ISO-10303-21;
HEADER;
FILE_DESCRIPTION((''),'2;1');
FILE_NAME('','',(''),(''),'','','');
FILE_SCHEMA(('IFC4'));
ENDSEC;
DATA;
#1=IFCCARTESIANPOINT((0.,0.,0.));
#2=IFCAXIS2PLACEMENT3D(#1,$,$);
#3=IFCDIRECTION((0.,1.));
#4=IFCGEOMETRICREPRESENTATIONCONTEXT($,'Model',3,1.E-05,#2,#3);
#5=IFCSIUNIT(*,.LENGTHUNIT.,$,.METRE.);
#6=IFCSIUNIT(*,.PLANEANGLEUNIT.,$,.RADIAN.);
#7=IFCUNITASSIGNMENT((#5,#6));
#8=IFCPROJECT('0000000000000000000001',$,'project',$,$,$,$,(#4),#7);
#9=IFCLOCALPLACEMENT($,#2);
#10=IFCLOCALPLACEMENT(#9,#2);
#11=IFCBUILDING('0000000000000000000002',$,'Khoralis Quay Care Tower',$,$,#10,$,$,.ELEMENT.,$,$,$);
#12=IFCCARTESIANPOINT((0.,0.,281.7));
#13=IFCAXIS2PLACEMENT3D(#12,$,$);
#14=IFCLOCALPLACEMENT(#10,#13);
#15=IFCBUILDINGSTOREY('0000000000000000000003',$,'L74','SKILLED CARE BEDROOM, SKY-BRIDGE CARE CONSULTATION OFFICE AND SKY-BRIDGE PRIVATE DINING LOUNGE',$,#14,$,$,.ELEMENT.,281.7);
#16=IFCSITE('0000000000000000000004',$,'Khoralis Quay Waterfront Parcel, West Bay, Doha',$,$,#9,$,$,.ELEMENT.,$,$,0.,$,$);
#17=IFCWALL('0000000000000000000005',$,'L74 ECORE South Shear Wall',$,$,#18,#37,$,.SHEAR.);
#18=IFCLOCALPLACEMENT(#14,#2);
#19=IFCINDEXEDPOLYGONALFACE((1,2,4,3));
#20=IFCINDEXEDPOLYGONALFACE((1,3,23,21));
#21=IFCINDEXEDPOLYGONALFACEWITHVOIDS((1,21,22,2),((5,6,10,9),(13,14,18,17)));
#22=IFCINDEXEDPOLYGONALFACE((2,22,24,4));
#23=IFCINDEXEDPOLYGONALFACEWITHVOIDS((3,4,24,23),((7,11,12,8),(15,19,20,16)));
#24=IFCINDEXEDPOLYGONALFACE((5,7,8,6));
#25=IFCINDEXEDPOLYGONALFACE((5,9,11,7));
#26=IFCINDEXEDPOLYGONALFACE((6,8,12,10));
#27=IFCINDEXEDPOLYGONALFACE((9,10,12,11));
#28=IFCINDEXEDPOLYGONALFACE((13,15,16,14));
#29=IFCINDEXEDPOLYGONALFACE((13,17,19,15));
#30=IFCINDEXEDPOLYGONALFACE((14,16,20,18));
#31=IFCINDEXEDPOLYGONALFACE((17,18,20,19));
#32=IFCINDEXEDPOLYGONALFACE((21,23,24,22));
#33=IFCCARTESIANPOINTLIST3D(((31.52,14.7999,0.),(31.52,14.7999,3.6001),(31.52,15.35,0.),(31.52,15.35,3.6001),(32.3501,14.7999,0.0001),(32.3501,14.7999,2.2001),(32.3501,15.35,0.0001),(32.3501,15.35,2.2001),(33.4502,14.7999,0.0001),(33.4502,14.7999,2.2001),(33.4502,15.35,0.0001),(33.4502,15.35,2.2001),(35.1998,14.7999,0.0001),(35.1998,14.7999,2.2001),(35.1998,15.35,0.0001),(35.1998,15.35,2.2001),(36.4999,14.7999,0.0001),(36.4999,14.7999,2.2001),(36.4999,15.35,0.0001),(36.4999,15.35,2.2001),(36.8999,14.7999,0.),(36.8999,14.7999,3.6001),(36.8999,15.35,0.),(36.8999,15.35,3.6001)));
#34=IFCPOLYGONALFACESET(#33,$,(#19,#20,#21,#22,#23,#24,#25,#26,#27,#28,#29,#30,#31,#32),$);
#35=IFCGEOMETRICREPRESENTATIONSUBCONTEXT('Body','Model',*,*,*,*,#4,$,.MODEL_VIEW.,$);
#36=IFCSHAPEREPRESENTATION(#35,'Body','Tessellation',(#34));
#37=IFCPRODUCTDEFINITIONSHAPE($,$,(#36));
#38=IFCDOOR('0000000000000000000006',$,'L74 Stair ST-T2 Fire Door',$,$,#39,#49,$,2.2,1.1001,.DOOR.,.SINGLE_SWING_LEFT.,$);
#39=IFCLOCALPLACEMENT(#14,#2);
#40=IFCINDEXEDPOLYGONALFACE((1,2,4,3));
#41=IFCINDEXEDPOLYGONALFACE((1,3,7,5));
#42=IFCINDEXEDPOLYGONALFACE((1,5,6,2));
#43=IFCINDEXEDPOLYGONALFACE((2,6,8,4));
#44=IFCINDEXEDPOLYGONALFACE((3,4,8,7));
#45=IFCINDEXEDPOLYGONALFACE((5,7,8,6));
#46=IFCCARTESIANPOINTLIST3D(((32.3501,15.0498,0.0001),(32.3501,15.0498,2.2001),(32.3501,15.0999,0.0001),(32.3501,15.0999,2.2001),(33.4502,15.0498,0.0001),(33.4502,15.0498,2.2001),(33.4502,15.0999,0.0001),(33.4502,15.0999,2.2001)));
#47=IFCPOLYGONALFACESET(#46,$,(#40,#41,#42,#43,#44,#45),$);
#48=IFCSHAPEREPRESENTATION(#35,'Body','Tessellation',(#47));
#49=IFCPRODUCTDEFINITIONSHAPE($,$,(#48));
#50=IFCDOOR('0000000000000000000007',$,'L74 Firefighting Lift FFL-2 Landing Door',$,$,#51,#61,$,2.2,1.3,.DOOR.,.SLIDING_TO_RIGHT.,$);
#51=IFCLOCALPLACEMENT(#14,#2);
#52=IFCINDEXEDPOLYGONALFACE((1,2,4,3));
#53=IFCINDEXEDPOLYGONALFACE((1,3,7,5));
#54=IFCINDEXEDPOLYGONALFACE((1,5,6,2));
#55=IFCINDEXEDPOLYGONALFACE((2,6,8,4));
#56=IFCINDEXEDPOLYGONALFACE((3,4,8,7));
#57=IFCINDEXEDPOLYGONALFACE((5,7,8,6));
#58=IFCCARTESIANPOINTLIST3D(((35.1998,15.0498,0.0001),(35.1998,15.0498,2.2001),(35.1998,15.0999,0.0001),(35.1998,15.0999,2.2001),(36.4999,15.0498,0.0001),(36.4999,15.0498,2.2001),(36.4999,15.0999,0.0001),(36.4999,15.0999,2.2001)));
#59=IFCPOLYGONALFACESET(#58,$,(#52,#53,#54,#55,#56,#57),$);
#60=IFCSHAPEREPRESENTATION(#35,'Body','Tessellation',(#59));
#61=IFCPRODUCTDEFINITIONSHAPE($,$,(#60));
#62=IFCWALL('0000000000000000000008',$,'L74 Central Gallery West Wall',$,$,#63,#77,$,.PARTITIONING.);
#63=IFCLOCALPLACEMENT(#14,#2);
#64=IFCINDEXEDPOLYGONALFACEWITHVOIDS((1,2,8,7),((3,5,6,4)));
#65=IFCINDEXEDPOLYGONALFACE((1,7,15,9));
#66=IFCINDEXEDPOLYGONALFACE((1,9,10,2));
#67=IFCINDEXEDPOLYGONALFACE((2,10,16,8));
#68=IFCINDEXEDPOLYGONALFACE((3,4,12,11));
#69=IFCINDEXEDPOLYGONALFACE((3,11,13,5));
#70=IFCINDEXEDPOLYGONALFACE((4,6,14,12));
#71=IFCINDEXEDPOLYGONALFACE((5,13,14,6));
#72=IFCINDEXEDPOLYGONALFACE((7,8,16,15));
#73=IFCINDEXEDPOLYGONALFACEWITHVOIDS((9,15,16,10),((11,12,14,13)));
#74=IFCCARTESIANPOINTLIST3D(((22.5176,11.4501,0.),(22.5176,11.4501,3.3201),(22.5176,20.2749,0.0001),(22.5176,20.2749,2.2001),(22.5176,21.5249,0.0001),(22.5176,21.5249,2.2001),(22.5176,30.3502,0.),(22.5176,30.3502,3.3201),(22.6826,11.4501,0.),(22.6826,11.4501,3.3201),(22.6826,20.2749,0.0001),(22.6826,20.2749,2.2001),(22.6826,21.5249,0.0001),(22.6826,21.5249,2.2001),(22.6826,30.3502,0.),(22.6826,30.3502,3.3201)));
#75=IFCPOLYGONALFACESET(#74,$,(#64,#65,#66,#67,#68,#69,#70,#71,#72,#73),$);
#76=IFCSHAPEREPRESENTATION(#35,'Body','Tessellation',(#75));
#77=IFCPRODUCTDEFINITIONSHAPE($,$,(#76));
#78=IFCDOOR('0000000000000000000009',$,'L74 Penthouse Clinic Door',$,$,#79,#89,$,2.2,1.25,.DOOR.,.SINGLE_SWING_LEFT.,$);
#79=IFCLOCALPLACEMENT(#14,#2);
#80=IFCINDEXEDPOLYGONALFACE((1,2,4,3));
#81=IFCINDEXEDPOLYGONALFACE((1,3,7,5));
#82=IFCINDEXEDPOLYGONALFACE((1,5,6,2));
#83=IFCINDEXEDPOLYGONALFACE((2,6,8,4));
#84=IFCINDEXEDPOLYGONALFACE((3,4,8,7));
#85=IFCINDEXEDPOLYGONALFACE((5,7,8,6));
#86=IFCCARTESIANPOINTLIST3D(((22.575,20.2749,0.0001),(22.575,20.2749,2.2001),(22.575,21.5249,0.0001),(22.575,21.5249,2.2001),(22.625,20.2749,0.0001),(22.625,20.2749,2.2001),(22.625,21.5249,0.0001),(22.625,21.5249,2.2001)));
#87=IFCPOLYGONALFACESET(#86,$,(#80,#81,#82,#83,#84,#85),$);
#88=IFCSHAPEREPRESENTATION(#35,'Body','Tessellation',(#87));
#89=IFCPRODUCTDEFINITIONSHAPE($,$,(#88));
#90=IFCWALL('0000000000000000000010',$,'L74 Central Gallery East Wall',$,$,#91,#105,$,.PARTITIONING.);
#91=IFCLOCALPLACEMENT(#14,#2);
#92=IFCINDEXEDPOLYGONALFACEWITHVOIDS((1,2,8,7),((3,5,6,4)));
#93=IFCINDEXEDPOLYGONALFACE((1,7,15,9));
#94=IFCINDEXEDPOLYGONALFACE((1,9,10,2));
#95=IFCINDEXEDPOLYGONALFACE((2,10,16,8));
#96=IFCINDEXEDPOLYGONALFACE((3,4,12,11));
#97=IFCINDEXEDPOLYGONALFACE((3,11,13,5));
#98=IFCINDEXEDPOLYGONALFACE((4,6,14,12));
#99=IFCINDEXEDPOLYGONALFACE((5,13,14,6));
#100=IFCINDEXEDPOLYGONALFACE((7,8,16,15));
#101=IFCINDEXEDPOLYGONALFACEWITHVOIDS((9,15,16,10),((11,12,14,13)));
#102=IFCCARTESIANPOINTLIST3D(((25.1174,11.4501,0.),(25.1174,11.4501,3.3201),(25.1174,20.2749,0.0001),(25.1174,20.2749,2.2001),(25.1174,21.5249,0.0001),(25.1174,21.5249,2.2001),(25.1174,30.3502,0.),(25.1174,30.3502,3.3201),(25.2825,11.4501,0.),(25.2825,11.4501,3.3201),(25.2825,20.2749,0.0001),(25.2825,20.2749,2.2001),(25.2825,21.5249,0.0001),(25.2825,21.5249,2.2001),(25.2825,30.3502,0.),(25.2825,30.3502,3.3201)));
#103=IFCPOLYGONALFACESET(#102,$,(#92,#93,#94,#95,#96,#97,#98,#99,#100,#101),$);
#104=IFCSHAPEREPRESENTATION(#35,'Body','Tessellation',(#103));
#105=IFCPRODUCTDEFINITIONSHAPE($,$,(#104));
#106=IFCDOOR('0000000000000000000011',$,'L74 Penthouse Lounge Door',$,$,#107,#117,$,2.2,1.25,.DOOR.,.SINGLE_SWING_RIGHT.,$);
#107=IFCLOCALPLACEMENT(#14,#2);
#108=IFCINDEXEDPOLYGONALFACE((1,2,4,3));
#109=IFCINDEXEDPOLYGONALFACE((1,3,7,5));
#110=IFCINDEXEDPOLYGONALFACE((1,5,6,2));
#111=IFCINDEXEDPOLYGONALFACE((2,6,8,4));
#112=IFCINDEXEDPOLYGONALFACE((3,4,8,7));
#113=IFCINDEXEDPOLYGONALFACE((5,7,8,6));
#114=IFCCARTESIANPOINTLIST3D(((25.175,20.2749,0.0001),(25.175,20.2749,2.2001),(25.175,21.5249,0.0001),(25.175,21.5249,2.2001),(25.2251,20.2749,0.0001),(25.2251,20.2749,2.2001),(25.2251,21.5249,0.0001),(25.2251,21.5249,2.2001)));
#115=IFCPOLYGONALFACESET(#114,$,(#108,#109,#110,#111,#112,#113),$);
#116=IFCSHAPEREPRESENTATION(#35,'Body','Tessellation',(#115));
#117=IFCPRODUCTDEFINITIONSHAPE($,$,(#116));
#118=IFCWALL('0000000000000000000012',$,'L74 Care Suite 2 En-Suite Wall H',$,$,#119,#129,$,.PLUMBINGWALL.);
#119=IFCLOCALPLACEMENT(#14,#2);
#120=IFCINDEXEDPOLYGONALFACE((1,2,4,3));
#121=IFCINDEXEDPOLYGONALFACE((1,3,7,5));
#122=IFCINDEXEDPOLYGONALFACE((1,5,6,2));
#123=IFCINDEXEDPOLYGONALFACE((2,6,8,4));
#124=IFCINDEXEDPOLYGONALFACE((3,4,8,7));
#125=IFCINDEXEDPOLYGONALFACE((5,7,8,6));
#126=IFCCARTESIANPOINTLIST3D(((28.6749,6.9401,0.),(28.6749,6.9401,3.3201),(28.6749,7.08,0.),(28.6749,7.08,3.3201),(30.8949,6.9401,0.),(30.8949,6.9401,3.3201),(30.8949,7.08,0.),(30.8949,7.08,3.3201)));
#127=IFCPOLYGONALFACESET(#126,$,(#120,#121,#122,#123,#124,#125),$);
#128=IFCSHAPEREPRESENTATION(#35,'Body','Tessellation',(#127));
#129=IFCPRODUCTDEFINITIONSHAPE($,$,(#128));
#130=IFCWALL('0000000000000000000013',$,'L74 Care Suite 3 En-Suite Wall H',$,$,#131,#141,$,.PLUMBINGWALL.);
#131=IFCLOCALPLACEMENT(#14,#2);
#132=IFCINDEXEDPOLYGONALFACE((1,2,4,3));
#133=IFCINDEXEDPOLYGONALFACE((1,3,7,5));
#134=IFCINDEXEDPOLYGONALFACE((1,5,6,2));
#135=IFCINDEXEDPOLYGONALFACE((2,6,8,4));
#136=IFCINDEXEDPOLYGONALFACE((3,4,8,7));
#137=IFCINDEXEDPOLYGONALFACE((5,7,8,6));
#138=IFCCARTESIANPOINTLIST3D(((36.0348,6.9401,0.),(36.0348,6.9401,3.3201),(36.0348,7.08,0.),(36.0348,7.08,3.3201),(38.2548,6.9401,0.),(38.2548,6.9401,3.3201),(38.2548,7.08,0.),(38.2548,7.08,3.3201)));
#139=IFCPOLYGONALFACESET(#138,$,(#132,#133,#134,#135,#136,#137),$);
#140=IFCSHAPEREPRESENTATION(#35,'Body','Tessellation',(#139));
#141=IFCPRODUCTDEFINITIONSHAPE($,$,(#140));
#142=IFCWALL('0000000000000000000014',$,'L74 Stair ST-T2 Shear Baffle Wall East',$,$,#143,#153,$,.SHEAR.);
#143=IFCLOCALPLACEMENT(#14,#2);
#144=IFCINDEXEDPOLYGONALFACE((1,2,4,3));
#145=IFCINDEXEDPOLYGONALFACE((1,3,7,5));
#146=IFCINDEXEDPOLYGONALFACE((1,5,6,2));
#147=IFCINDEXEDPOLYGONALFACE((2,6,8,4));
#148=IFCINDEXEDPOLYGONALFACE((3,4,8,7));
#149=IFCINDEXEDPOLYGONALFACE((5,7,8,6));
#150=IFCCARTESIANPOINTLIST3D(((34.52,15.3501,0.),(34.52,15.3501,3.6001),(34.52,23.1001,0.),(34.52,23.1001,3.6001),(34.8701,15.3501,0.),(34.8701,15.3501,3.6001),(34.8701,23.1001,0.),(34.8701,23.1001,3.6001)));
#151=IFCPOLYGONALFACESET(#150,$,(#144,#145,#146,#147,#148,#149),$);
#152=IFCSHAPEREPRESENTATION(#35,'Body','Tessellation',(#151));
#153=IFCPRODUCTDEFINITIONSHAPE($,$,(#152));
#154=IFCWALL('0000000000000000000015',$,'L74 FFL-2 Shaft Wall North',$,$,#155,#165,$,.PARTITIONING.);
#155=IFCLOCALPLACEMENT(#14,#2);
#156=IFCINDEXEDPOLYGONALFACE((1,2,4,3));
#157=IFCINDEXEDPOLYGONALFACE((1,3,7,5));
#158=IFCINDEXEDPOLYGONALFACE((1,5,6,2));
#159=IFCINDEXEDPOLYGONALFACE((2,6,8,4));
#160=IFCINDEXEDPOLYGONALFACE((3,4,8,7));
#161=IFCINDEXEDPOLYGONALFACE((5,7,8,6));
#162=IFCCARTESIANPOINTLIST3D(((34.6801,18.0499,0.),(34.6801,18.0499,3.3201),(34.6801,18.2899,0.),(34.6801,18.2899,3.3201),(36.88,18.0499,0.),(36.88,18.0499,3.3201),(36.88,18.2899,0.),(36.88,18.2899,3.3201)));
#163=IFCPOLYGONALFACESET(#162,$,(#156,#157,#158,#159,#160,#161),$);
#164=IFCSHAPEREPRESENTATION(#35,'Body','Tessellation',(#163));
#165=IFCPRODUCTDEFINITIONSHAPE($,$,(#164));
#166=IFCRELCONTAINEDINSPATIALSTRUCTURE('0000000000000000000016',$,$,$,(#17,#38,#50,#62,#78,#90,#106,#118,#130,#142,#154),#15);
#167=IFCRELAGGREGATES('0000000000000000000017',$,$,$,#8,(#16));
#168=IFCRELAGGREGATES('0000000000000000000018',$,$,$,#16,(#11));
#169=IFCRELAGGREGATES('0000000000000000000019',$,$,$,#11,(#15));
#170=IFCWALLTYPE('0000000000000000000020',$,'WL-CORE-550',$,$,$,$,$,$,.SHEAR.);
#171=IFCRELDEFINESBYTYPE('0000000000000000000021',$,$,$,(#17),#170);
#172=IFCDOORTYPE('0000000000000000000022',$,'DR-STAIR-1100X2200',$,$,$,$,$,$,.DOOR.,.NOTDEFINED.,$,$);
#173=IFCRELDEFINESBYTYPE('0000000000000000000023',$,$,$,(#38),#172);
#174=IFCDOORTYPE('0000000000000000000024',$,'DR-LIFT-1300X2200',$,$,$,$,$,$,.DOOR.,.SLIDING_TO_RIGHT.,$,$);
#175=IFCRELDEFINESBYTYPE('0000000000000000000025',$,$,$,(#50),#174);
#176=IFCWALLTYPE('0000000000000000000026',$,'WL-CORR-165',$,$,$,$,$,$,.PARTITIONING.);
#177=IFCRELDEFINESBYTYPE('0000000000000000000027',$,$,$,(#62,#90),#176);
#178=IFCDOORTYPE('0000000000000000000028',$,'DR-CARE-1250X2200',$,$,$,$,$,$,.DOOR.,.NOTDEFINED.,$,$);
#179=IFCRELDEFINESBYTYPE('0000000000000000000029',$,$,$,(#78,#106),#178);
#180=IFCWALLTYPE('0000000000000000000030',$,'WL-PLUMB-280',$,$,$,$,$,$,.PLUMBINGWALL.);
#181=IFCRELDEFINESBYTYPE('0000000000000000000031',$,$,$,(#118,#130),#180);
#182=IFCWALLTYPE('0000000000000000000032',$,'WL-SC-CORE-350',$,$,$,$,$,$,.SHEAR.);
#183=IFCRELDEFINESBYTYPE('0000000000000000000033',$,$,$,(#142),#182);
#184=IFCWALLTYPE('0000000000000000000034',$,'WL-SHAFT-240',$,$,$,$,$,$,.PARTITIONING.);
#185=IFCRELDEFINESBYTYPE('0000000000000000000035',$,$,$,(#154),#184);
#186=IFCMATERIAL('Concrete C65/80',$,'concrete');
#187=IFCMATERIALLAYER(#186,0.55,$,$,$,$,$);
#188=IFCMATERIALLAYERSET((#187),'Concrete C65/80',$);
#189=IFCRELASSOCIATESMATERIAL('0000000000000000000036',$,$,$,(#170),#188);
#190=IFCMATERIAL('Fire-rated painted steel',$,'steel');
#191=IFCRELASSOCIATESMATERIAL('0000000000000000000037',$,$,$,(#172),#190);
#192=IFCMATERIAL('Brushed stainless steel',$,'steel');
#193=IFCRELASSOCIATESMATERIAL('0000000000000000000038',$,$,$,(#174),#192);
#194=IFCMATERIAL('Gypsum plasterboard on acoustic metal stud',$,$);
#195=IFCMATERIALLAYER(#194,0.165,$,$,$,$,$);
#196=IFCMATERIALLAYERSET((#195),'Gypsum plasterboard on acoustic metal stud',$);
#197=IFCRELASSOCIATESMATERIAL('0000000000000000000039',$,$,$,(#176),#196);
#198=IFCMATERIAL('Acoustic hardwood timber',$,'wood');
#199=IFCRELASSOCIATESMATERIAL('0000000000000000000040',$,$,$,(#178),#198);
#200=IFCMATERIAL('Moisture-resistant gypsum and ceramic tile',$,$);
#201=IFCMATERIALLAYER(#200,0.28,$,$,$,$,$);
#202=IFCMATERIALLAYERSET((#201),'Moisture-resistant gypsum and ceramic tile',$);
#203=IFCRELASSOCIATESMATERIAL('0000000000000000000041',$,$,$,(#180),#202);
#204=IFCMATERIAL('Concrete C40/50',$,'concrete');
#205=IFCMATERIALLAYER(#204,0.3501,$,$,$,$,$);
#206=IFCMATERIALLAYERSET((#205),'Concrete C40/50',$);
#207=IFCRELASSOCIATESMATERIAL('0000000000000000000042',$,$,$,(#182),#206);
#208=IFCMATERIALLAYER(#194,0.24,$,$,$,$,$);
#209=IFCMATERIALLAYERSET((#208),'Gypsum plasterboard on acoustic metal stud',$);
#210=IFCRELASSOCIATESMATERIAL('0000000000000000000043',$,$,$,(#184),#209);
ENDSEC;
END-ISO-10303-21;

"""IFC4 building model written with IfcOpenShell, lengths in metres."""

from ifc_helpers import new_model, si_unit, direction, frame, frame_2d, origin, place, context, subcontext, project, spatial, rectangle, extrude, source, transform, mapped, material, layer, layer_set, type_object, element, fill, save


model = new_model("IFC4")

# Units and contexts
model_context = context("Model", 3, precision=1e-05, world=origin(), true_north=direction((0.0, 1.0)))
body_context = subcontext(model_context, "Body", "Model", "MODEL_VIEW")
ifc_project = project(units=[si_unit("LENGTHUNIT", "METRE"), si_unit("PLANEANGLEUNIT", "RADIAN")], contexts=[model_context])

# Site, building, storey
site_placement = place(None, origin())
site = spatial("IfcSite", under=ifc_project, at=site_placement, Name="Khoralis Quay Waterfront Parcel, West Bay, Doha", CompositionType="ELEMENT", RefElevation=0.0)
building_placement = place(site_placement, origin())
building = spatial("IfcBuilding", under=site, at=building_placement, Name="Khoralis Quay Care Tower", CompositionType="ELEMENT")
storey_placement = place(building_placement, frame((0.0, 0.0, 281.7)))
storey = spatial("IfcBuildingStorey", under=building, at=storey_placement, Name="L74", Description="SKILLED CARE BEDROOM, SKY-BRIDGE CARE CONSULTATION OFFICE AND SKY-BRIDGE PRIVATE DINING LOUNGE", CompositionType="ELEMENT", Elevation=281.7)

# Shared definitions
ifc_material_1 = material(Name="Gypsum plasterboard on acoustic metal stud")
ifc_material_2 = material(Name="Fire-rated painted steel", Category="steel")

# Shared definitions
ifc_material_3 = material(Name="Concrete C65/80", Category="concrete")
ifc_layer_1 = layer(ifc_material_3, 0.55)
ifc_layer_set_1 = layer_set([ifc_layer_1], Name="Concrete C65/80")
wall_type_1 = type_object("IfcWallType", Name="WL-CORE-550", PredefinedType="SHEAR", material=ifc_layer_set_1)

# Shared definitions
door_type_1 = type_object("IfcDoorType", Name="DR-STAIR-1100X2200", OperationType="NOTDEFINED", PredefinedType="DOOR", material=ifc_material_2)
shared_shape_1 = source(origin(), body_context, "Body", "SweptSolid", [
    extrude(rectangle(XDim=1.1001, YDim=2.2, at=frame_2d((0.55, 1.1001))), frame((0.0, 0.0249, 0.0), z_axis=(0.0, -1.0, 0.0), x_axis=(1.0, 0.0, 0.0)), (0.0, 0.0, 1.0), 0.05),
])

# Wall, openings, doors
wall_1_placement = place(storey_placement, frame((31.52, 15.075, 0.0), z_axis=(0.0, 0.0, 1.0), x_axis=(1.0, 0.0, 0.0)))
wall_1 = element("IfcWall", 1, at=wall_1_placement, inside=storey, type_object=wall_type_1, Name="L74 ECORE South Shear Wall", PredefinedType="SHEAR", context=body_context, shape_type="SweptSolid", body=[
    extrude(rectangle(XDim=5.3799, YDim=0.55, at=frame_2d((2.6899, 0.0))), origin(), (0.0, 0.0, 1.0), 3.6001),
])
opening_1_placement = place(wall_1_placement, frame((0.8301, 0.0, 0.0)))
opening_1 = element("IfcOpeningElement", 2, at=opening_1_placement, cuts=wall_1, PredefinedType="OPENING", context=body_context, shape_type="SweptSolid", body=[
    extrude(rectangle(XDim=1.1001, YDim=2.2, at=frame_2d((0.55, 1.1001))), frame((0.0, 0.2852, 0.0), z_axis=(0.0, -1.0, 0.0), x_axis=(1.0, 0.0, 0.0)), (0.0, 0.0, 1.0), 0.5701),
])
opening_2_placement = place(wall_1_placement, frame((3.6799, 0.0, 0.0)))
opening_2 = element("IfcOpeningElement", 3, at=opening_2_placement, cuts=wall_1, PredefinedType="OPENING", context=body_context, shape_type="SweptSolid", body=[
    extrude(rectangle(XDim=1.3, YDim=2.2, at=frame_2d((0.6499, 1.1001))), frame((0.0, 0.2852, 0.0), z_axis=(0.0, -1.0, 0.0), x_axis=(1.0, 0.0, 0.0)), (0.0, 0.0, 1.0), 0.5701),
])
door_1_placement = place(opening_1_placement, origin())
door_1 = element("IfcDoor", 4, at=door_1_placement, inside=storey, type_object=door_type_1, Name="L74 Stair ST-T2 Fire Door", OperationType="SINGLE_SWING_LEFT", OverallHeight=2.2, OverallWidth=1.1001, PredefinedType="DOOR", context=body_context, shape_type="MappedRepresentation", body=[
    mapped(shared_shape_1, transform((0.0, 0.0, 0.0), scale=1.0)),
])
fill(opening_1, door_1)
ifc_material_4 = material(Name="Brushed stainless steel", Category="steel")
door_type_2 = type_object("IfcDoorType", Name="DR-LIFT-1300X2200", OperationType="SLIDING_TO_RIGHT", PredefinedType="DOOR", material=ifc_material_4)
shared_shape_2 = source(origin(), body_context, "Body", "SweptSolid", [
    extrude(rectangle(XDim=1.3, YDim=2.2, at=frame_2d((0.6499, 1.1001))), frame((0.0, 0.0249, 0.0), z_axis=(0.0, -1.0, 0.0), x_axis=(1.0, 0.0, 0.0)), (0.0, 0.0, 1.0), 0.05),
])
door_2_placement = place(opening_2_placement, origin())
door_2 = element("IfcDoor", 5, at=door_2_placement, inside=storey, type_object=door_type_2, Name="L74 Firefighting Lift FFL-2 Landing Door", OperationType="SLIDING_TO_RIGHT", OverallHeight=2.2, OverallWidth=1.3, PredefinedType="DOOR", context=body_context, shape_type="MappedRepresentation", body=[
    mapped(shared_shape_2, transform((0.0, 0.0, 0.0), scale=1.0)),
])
fill(opening_2, door_2)

# Walls, openings, doors
ifc_layer_2 = layer(ifc_material_1, 0.165)
ifc_layer_set_2 = layer_set([ifc_layer_2], Name="Gypsum plasterboard on acoustic metal stud")
wall_type_2 = type_object("IfcWallType", Name="WL-CORR-165", PredefinedType="PARTITIONING", material=ifc_layer_set_2)
wall_2_placement = place(storey_placement, frame((22.6001, 11.45, 0.0), z_axis=(0.0, 0.0, 1.0), x_axis=(0.0, 1.0, 0.0)))
wall_2 = element("IfcWall", 6, at=wall_2_placement, inside=storey, type_object=wall_type_2, Name="L74 Central Gallery West Wall", PredefinedType="PARTITIONING", context=body_context, shape_type="SweptSolid", body=[
    extrude(rectangle(XDim=18.9001, YDim=0.165, at=frame_2d((9.4502, 0.0))), origin(), (0.0, 0.0, 1.0), 3.3201),
])
opening_3_placement = place(wall_2_placement, frame((8.825, 0.0, 0.0)))
opening_3 = element("IfcOpeningElement", 7, at=opening_3_placement, cuts=wall_2, PredefinedType="OPENING", context=body_context, shape_type="SweptSolid", body=[
    extrude(rectangle(XDim=1.25, YDim=2.2, at=frame_2d((0.625, 1.1001))), frame((0.0, 0.0925, 0.0), z_axis=(0.0, -1.0, 0.0), x_axis=(1.0, 0.0, 0.0)), (0.0, 0.0, 1.0), 0.1851),
])
ifc_material_5 = material(Name="Acoustic hardwood timber", Category="wood")
door_type_3 = type_object("IfcDoorType", Name="DR-CARE-1250X2200", OperationType="NOTDEFINED", PredefinedType="DOOR", material=ifc_material_5)
shared_shape_3 = source(origin(), body_context, "Body", "SweptSolid", [
    extrude(rectangle(XDim=1.25, YDim=2.2, at=frame_2d((0.625, 1.1001))), frame((0.0, 0.0249, 0.0), z_axis=(0.0, -1.0, 0.0), x_axis=(1.0, 0.0, 0.0)), (0.0, 0.0, 1.0), 0.05),
])
door_3_placement = place(opening_3_placement, frame((1.25, 0.0, 0.0), z_axis=(0.0, 0.0, 1.0), x_axis=(-1.0, 0.0, 0.0)))
door_3 = element("IfcDoor", 8, at=door_3_placement, inside=storey, type_object=door_type_3, Name="L74 Penthouse Clinic Door", OperationType="SINGLE_SWING_LEFT", OverallHeight=2.2, OverallWidth=1.25, PredefinedType="DOOR", context=body_context, shape_type="MappedRepresentation", body=[
    mapped(shared_shape_3, transform((0.0, 0.0, 0.0), scale=1.0)),
])
fill(opening_3, door_3)
wall_3_placement = place(storey_placement, frame((25.2, 11.45, 0.0), z_axis=(0.0, 0.0, 1.0), x_axis=(0.0, 1.0, 0.0)))
wall_3 = element("IfcWall", 9, at=wall_3_placement, inside=storey, type_object=wall_type_2, Name="L74 Central Gallery East Wall", PredefinedType="PARTITIONING", context=body_context, shape_type="SweptSolid", body=[
    extrude(rectangle(XDim=18.9001, YDim=0.165, at=frame_2d((9.4502, 0.0))), origin(), (0.0, 0.0, 1.0), 3.3201),
])
opening_4_placement = place(wall_3_placement, frame((8.825, 0.0, 0.0)))
opening_4 = element("IfcOpeningElement", 10, at=opening_4_placement, cuts=wall_3, PredefinedType="OPENING", context=body_context, shape_type="SweptSolid", body=[
    extrude(rectangle(XDim=1.25, YDim=2.2, at=frame_2d((0.625, 1.1001))), frame((0.0, 0.0925, 0.0), z_axis=(0.0, -1.0, 0.0), x_axis=(1.0, 0.0, 0.0)), (0.0, 0.0, 1.0), 0.1851),
])
door_4_placement = place(opening_4_placement, origin())
door_4 = element("IfcDoor", 11, at=door_4_placement, inside=storey, type_object=door_type_3, Name="L74 Penthouse Lounge Door", OperationType="SINGLE_SWING_RIGHT", OverallHeight=2.2, OverallWidth=1.25, PredefinedType="DOOR", context=body_context, shape_type="MappedRepresentation", body=[
    mapped(shared_shape_3, transform((0.0, 0.0, 0.0), scale=1.0)),
])
fill(opening_4, door_4)

# Walls
ifc_material_6 = material(Name="Moisture-resistant gypsum and ceramic tile")
ifc_layer_3 = layer(ifc_material_6, 0.28)
ifc_layer_set_3 = layer_set([ifc_layer_3], Name="Moisture-resistant gypsum and ceramic tile")
wall_type_3 = type_object("IfcWallType", Name="WL-PLUMB-280", PredefinedType="PLUMBINGWALL", material=ifc_layer_set_3)
for number, where, z_axis, x_axis, name in (
    (12, (28.675, 7.01, 0.0), (0.0, 0.0, 1.0), (1.0, 0.0, 0.0), "L74 Care Suite 2 En-Suite Wall H"),
    (13, (36.0349, 7.01, 0.0), (0.0, 0.0, 1.0), (1.0, 0.0, 0.0), "L74 Care Suite 3 En-Suite Wall H"),
):
    element("IfcWall", number, at=place(storey_placement, frame(where, z_axis=z_axis, x_axis=x_axis)), inside=storey, type_object=wall_type_3, Name=name, PredefinedType="PLUMBINGWALL", context=body_context, shape_type="SweptSolid", body=[
        extrude(rectangle(XDim=2.22, YDim=0.1399, at=frame_2d((1.1099, 0.0))), origin(), (0.0, 0.0, 1.0), 3.3201),
    ])
ifc_material_7 = material(Name="Concrete C40/50", Category="concrete")
ifc_layer_4 = layer(ifc_material_7, 0.3501)
ifc_layer_set_4 = layer_set([ifc_layer_4], Name="Concrete C40/50")
wall_type_4 = type_object("IfcWallType", Name="WL-SC-CORE-350", PredefinedType="SHEAR", material=ifc_layer_set_4)
wall_4_placement = place(storey_placement, frame((34.6951, 15.3501, 0.0), z_axis=(0.0, 0.0, 1.0), x_axis=(0.0, 1.0, 0.0)))
element("IfcWall", 14, at=wall_4_placement, inside=storey, type_object=wall_type_4, Name="L74 Stair ST-T2 Shear Baffle Wall East", PredefinedType="SHEAR", context=body_context, shape_type="SweptSolid", body=[
    extrude(rectangle(XDim=7.75, YDim=0.3501, at=frame_2d((3.875, 0.0))), origin(), (0.0, 0.0, 1.0), 3.6001),
])
ifc_layer_5 = layer(ifc_material_1, 0.24)
ifc_layer_set_5 = layer_set([ifc_layer_5], Name="Gypsum plasterboard on acoustic metal stud")
wall_type_5 = type_object("IfcWallType", Name="WL-SHAFT-240", PredefinedType="PARTITIONING", material=ifc_layer_set_5)
wall_5_placement = place(storey_placement, frame((34.6799, 18.1699, 0.0), z_axis=(0.0, 0.0, 1.0), x_axis=(1.0, 0.0, 0.0)))
element("IfcWall", 15, at=wall_5_placement, inside=storey, type_object=wall_type_5, Name="L74 FFL-2 Shaft Wall North", PredefinedType="PARTITIONING", context=body_context, shape_type="SweptSolid", body=[
    extrude(rectangle(XDim=2.2, YDim=0.24, at=frame_2d((1.1001, 0.0))), origin(), (0.0, 0.0, 1.0), 3.3201),
])

save(model, "model.ifc")
